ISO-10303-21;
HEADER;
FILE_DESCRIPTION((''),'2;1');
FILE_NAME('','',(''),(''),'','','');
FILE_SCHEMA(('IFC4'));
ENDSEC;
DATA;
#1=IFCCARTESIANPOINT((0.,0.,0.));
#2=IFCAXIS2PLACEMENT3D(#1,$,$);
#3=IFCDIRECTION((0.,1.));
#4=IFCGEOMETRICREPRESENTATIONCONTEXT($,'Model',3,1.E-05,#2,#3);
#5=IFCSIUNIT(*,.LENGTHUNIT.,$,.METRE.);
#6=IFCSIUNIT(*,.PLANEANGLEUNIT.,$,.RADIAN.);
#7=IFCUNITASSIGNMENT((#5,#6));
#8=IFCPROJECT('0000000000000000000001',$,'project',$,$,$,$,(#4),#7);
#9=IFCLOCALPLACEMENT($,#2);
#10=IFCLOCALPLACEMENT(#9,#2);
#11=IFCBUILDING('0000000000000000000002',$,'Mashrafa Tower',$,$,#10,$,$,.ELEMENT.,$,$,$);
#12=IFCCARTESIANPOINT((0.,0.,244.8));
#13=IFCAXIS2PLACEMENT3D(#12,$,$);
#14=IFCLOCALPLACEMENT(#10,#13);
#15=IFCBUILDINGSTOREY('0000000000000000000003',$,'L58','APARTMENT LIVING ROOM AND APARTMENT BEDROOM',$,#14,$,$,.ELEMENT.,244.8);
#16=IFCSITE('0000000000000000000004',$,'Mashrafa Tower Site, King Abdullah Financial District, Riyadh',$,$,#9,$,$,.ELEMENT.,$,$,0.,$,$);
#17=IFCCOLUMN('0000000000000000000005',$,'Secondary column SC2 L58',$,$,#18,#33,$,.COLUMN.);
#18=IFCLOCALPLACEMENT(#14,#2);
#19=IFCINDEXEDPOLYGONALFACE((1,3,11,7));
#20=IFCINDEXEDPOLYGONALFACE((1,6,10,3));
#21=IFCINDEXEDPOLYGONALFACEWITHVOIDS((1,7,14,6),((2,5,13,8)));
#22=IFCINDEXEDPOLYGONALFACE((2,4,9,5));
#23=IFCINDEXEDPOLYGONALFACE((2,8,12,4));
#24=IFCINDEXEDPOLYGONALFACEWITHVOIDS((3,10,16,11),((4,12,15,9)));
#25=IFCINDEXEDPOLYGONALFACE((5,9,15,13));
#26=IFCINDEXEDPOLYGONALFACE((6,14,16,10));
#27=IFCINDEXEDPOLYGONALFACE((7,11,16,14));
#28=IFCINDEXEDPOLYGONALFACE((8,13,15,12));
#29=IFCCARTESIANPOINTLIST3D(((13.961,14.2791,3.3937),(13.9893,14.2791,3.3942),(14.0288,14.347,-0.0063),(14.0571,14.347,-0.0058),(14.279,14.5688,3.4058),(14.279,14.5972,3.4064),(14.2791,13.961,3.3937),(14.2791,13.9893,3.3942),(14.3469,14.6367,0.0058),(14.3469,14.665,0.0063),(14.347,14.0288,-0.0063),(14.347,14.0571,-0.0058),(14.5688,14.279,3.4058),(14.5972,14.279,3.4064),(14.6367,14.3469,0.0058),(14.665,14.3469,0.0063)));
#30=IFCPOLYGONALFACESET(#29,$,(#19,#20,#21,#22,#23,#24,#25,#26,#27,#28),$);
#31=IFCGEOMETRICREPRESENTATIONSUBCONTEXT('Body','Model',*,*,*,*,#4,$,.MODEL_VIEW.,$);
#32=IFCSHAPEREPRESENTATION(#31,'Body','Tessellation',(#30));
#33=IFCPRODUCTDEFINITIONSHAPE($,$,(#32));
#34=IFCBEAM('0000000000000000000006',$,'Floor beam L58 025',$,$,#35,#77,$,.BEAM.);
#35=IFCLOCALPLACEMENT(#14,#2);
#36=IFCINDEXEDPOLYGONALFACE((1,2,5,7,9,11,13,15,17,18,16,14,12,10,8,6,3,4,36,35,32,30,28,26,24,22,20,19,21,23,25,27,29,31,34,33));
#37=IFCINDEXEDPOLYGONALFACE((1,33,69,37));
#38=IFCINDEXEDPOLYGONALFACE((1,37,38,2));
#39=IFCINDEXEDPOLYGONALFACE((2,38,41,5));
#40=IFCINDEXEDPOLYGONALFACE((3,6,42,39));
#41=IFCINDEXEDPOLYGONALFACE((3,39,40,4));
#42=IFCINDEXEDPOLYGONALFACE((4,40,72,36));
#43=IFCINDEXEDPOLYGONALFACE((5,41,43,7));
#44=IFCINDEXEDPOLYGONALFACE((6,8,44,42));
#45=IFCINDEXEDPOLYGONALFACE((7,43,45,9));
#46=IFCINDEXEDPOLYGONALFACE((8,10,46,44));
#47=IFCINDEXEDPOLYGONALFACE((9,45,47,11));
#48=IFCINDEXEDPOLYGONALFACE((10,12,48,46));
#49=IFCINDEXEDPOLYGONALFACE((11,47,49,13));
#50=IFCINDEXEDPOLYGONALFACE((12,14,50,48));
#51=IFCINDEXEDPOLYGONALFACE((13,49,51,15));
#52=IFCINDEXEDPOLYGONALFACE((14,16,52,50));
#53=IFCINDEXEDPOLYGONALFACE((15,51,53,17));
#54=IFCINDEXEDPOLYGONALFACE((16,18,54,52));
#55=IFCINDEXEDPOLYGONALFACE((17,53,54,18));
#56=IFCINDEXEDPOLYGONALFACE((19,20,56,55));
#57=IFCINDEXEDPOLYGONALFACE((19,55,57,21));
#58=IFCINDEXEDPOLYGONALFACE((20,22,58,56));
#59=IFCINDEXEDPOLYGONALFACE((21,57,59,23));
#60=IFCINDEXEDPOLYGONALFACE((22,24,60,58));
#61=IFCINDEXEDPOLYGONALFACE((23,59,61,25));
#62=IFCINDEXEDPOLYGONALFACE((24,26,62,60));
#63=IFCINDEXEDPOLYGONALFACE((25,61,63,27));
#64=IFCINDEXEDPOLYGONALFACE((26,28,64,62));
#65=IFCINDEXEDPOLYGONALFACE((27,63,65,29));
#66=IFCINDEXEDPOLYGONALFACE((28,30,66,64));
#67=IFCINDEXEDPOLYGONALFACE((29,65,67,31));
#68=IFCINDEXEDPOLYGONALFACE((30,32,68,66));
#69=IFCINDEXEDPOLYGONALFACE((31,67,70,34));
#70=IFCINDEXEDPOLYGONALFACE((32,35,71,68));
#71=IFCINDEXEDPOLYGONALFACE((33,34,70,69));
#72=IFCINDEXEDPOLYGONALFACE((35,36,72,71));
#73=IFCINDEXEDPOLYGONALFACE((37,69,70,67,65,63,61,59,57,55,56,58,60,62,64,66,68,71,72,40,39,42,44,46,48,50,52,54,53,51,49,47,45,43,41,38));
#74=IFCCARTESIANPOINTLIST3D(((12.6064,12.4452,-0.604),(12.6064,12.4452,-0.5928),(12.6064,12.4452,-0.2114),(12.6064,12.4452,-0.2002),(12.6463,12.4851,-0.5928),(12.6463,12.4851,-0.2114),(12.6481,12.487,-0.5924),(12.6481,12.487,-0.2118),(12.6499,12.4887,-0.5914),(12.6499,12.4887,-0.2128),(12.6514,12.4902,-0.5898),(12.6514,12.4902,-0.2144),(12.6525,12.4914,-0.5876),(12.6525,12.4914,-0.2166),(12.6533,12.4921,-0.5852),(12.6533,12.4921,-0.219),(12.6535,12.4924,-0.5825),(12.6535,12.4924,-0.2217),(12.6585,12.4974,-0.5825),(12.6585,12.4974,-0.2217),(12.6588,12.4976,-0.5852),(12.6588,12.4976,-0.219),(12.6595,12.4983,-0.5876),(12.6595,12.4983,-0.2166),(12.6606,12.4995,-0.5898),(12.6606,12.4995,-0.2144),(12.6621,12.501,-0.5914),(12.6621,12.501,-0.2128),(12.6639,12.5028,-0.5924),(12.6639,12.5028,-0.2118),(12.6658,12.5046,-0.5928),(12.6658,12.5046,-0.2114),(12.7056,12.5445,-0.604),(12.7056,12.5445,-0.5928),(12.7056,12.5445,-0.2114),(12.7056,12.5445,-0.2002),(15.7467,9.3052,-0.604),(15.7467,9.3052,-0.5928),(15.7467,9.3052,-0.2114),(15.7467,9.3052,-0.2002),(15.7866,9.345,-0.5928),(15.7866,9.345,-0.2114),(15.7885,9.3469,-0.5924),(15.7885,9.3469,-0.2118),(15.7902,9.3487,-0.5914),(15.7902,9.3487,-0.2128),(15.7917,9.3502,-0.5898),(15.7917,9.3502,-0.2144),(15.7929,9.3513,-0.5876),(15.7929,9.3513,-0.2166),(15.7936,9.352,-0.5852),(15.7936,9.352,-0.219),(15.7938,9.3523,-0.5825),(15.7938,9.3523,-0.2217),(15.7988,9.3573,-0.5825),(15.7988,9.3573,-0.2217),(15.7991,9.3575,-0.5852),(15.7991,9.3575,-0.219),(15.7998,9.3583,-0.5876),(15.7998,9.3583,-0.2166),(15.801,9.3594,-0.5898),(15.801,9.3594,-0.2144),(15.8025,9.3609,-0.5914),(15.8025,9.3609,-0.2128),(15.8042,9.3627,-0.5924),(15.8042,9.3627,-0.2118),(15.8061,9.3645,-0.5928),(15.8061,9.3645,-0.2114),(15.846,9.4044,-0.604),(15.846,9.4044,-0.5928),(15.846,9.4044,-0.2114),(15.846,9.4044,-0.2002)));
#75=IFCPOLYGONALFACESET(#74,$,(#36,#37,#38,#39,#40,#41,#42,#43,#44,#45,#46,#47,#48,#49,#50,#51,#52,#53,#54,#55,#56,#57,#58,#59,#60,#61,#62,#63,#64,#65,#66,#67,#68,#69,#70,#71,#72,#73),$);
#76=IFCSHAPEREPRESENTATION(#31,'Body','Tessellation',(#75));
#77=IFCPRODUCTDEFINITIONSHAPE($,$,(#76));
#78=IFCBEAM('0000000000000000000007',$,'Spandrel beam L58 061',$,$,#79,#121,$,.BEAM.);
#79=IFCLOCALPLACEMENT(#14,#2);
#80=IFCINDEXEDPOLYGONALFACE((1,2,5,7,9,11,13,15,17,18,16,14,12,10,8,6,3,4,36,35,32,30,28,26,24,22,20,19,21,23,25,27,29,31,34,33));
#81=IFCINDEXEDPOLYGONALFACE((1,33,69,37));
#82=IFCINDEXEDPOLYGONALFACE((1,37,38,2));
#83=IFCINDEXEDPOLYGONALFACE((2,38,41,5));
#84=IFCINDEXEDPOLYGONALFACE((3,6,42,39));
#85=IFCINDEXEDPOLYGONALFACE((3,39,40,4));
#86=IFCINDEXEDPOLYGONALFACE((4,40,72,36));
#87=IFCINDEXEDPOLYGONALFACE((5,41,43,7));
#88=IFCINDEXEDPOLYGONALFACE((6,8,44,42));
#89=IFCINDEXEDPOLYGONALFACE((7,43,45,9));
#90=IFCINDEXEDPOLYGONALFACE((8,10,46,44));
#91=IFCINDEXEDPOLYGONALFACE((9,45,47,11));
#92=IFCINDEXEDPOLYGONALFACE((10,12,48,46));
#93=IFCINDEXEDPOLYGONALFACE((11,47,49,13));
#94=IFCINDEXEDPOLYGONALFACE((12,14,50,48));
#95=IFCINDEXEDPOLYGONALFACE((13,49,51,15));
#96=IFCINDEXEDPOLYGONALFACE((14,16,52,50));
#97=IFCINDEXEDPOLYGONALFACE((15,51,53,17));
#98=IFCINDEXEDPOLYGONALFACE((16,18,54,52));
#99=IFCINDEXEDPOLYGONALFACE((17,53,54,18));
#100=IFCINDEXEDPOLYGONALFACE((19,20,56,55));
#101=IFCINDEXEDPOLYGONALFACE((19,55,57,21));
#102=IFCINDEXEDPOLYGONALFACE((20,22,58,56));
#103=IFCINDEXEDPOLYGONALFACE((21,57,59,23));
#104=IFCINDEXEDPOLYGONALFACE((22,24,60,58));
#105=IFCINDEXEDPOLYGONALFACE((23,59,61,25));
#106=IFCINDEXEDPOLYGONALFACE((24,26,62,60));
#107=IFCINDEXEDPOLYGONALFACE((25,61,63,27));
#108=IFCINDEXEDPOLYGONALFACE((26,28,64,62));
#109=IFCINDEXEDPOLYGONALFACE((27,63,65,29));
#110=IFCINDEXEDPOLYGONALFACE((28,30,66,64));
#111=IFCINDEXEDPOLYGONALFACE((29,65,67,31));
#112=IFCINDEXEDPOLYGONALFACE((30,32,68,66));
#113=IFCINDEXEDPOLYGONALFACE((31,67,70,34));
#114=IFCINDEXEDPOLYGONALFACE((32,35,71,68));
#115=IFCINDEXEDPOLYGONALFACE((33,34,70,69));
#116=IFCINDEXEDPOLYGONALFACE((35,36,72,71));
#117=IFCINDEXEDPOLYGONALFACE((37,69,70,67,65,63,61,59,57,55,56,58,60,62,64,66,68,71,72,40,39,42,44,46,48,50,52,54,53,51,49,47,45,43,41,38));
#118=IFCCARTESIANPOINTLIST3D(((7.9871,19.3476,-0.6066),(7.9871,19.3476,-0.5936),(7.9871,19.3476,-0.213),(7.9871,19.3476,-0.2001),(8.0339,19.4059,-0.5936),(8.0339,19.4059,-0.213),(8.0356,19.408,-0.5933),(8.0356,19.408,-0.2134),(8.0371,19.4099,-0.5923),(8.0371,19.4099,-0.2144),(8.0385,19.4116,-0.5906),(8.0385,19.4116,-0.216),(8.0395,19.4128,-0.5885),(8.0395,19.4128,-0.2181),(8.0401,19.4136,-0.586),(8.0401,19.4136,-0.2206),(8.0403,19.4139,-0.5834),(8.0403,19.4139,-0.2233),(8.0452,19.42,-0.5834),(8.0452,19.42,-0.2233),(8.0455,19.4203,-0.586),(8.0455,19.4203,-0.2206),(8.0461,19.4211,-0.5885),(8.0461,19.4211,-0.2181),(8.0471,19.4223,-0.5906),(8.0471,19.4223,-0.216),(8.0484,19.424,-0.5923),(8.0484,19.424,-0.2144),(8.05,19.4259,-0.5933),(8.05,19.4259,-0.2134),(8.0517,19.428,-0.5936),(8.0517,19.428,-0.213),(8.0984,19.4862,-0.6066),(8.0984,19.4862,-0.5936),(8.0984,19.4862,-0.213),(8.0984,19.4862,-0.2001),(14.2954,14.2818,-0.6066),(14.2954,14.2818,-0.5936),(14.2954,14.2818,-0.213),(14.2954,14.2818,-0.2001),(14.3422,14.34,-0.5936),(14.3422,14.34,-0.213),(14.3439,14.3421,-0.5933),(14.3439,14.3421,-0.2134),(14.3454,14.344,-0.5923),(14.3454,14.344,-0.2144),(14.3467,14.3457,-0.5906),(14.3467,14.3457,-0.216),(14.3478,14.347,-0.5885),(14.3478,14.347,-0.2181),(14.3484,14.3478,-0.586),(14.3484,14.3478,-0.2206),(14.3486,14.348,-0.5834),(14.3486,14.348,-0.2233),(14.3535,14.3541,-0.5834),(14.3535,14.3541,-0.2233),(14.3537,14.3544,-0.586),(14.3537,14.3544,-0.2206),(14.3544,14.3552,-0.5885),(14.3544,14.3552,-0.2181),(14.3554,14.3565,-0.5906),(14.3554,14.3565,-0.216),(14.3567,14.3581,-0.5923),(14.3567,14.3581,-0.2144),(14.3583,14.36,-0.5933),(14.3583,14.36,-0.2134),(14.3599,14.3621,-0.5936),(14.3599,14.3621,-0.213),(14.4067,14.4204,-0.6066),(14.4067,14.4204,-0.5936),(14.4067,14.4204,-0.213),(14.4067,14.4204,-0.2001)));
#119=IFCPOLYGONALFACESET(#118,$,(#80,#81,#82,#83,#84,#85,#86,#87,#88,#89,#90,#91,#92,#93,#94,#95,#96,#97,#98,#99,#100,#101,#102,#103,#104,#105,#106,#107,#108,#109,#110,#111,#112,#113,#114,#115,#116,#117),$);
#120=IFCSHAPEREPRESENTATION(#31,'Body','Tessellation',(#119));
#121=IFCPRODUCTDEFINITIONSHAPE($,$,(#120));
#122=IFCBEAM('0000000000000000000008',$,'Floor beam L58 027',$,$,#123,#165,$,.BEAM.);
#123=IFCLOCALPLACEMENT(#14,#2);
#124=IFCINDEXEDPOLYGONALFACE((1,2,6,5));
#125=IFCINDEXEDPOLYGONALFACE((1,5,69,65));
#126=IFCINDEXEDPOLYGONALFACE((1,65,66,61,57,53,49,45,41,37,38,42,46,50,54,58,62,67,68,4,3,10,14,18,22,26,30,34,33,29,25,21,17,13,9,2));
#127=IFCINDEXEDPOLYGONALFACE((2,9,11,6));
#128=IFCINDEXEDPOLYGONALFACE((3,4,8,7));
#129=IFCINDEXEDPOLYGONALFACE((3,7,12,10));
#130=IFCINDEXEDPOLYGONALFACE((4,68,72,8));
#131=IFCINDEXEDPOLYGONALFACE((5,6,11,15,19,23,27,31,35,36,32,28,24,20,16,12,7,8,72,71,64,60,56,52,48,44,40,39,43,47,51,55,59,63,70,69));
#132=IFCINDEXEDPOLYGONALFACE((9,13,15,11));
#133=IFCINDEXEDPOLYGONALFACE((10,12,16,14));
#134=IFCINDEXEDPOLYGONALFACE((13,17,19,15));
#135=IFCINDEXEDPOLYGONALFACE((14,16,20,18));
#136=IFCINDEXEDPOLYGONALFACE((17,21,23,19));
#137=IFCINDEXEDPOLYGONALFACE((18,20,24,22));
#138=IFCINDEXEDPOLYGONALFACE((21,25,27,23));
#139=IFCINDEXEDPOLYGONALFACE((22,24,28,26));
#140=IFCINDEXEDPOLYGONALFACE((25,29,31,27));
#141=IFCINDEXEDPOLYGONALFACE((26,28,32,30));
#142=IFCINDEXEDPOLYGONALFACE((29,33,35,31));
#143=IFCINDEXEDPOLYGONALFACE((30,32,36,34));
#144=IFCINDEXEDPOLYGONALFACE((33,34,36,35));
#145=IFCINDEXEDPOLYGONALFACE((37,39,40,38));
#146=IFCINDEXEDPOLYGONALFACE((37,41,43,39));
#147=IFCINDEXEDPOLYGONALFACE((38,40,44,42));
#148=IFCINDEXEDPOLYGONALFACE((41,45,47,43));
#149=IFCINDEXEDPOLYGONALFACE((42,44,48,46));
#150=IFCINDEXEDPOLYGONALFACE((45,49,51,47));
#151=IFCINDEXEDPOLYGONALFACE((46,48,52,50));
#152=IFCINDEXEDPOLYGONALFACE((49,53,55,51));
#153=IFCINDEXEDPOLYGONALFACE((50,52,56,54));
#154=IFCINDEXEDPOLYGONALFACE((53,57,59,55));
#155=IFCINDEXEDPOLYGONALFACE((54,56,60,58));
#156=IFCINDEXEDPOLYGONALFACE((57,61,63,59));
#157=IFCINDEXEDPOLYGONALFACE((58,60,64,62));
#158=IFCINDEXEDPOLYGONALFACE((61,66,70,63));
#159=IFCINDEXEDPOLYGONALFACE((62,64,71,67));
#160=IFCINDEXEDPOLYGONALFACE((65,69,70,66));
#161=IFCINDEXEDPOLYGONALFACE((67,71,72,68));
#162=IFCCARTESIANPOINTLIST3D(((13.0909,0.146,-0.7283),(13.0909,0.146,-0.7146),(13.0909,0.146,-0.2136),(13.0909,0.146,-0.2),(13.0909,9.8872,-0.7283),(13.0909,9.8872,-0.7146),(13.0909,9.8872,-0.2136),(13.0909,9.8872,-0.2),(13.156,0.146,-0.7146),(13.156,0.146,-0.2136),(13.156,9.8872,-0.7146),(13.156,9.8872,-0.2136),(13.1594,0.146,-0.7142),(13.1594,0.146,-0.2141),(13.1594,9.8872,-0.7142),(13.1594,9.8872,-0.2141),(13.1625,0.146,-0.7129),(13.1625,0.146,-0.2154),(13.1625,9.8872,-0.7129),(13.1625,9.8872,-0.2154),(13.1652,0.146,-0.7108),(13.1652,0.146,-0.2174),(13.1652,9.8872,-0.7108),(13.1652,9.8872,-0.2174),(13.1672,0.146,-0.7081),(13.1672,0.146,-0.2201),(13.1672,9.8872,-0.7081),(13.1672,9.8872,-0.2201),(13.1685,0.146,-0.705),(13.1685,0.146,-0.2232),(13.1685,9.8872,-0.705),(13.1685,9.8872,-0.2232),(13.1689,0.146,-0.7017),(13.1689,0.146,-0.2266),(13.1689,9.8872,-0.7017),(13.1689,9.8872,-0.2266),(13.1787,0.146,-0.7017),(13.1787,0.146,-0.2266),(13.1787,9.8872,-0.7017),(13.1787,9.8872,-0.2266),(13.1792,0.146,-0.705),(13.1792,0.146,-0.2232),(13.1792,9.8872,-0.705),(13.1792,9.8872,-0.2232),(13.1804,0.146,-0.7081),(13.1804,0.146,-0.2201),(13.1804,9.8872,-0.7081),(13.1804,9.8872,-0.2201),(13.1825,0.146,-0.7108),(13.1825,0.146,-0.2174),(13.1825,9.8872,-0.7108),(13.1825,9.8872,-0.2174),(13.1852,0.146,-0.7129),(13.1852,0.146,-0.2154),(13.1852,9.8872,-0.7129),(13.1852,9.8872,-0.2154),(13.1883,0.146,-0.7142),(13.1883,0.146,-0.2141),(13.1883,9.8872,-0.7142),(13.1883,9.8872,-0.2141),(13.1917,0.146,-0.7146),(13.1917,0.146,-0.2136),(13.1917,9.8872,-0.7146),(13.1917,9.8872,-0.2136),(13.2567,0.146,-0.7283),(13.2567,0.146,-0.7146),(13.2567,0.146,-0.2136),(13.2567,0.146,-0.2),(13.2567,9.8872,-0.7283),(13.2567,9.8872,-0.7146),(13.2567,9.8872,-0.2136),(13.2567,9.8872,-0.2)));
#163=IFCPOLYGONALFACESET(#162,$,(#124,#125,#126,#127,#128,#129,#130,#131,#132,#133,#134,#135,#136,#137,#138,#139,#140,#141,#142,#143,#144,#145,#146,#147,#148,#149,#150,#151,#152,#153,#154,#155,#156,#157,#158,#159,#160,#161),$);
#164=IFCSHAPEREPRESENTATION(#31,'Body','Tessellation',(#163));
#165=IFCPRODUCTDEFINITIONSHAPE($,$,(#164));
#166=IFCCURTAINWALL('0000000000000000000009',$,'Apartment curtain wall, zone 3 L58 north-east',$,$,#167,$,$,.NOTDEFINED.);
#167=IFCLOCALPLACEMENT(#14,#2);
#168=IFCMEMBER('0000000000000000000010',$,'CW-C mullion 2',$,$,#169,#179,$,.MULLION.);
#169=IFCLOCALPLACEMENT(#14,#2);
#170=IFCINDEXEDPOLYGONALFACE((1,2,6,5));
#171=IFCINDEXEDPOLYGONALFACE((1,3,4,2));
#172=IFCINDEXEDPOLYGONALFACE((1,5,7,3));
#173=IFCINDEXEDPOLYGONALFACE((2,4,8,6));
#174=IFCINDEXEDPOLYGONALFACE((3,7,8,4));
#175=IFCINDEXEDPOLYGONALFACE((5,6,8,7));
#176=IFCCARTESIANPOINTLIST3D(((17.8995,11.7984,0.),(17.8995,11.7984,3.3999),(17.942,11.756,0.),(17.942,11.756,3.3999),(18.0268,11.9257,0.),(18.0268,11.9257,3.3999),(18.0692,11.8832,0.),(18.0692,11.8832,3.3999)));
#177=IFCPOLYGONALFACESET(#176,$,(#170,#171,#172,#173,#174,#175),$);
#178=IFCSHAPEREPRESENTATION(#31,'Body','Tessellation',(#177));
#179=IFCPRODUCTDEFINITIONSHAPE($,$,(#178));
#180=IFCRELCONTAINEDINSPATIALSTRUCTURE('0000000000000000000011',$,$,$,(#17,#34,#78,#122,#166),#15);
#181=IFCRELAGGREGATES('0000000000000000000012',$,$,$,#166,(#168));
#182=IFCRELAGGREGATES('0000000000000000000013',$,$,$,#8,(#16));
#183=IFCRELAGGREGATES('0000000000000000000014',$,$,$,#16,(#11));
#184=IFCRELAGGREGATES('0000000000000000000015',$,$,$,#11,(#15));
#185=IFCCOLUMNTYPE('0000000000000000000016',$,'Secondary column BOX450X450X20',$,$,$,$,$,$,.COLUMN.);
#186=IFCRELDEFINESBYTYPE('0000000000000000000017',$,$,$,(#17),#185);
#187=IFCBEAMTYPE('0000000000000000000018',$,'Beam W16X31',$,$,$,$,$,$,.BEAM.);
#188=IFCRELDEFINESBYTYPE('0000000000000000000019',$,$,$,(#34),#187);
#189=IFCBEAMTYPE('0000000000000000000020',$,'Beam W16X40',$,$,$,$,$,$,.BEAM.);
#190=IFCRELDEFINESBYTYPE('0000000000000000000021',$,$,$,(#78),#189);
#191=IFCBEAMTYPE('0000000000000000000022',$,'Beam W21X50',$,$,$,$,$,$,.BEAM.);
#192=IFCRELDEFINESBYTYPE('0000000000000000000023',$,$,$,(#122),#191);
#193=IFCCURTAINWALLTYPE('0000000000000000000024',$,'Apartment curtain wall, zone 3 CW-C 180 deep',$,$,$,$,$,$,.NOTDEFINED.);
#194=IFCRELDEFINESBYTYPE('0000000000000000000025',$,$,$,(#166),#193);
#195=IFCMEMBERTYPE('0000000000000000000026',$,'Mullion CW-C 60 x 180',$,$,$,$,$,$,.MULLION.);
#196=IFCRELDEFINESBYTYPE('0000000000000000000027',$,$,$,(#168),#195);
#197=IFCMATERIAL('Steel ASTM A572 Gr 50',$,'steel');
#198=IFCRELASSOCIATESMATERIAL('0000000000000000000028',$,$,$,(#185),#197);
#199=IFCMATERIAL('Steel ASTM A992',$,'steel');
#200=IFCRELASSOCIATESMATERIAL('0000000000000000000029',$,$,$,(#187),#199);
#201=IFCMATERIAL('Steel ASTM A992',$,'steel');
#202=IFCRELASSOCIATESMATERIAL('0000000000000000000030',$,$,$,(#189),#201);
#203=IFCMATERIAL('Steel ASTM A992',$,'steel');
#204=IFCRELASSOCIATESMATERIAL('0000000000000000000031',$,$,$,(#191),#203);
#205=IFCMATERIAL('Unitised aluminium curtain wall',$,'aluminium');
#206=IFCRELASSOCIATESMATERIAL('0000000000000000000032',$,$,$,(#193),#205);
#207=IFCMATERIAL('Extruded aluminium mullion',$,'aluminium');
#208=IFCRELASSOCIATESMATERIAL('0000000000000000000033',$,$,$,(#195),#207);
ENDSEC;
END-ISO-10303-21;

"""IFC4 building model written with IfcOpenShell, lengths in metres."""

from ifc_helpers import new_model, si_unit, direction, frame, origin, origin_2d, place, context, subcontext, project, spatial, rectangle, hollow_rectangle, i_section, extrude, source, transform, mapped, material, material_profile, profile_set, type_object, type_shapes, element, aggregate, save


model = new_model("IFC4")

# Units and contexts
model_context = context("Model", 3, precision=1e-05, world=origin(), true_north=direction((0.0, 1.0)))
body_context = subcontext(model_context, "Body", "Model", "MODEL_VIEW")
ifc_project = project(units=[si_unit("LENGTHUNIT", "METRE"), si_unit("PLANEANGLEUNIT", "RADIAN")], contexts=[model_context])

# Site, building, storey
site_placement = place(None, origin())
site = spatial("IfcSite", under=ifc_project, at=site_placement, Name="Mashrafa Tower Site, King Abdullah Financial District, Riyadh", CompositionType="ELEMENT", RefElevation=0.0)
building_placement = place(site_placement, origin())
building = spatial("IfcBuilding", under=site, at=building_placement, Name="Mashrafa Tower", CompositionType="ELEMENT")
storey_placement = place(building_placement, frame((0.0, 0.0, 244.8)))
storey = spatial("IfcBuildingStorey", under=building, at=storey_placement, Name="L58", Description="APARTMENT LIVING ROOM AND APARTMENT BEDROOM", CompositionType="ELEMENT", Elevation=244.8)

# Column
ifc_material_1 = material(Name="Steel ASTM A572 Gr 50", Category="steel")
ifc_material_profile_1 = material_profile(ifc_material_1, hollow_rectangle(XDim=0.45, YDim=0.45, WallThickness=0.02, at=origin_2d()), Name="BOX450X450X20")
ifc_profile_set_1 = profile_set([ifc_material_profile_1], Name="Steel ASTM A572 Gr 50")
column_type = type_object("IfcColumnType", Name="Secondary column BOX450X450X20", PredefinedType="COLUMN", material=ifc_profile_set_1)
column_placement = place(storey_placement, frame((14.3469, 14.3469, 0.0), z_axis=(-0.019955, -0.019955, 0.999602), x_axis=(0.707107, -0.707107, 0.0)))
element("IfcColumn", 1, at=column_placement, inside=storey, type_object=column_type, Name="Secondary column SC2 L58", PredefinedType="COLUMN", context=body_context, shape_type="SweptSolid", body=[
    extrude(hollow_rectangle(XDim=0.45, YDim=0.45, WallThickness=0.02, at=origin_2d()), origin(), (0.0, 0.0, 1.0), 3.4014),
])

# Beams
ifc_material_2 = material(Name="Steel ASTM A992", Category="steel")
ifc_material_profile_2 = material_profile(ifc_material_2, i_section(OverallWidth=0.1404, OverallDepth=0.4038, WebThickness=0.0071, FlangeThickness=0.0112, FilletRadius=0.0103, at=origin_2d()), Name="W16X31")
ifc_profile_set_2 = profile_set([ifc_material_profile_2], Name="Steel ASTM A992")
beam_type_1 = type_object("IfcBeamType", Name="Beam W16X31", PredefinedType="BEAM", material=ifc_profile_set_2)
beam_1_placement = place(storey_placement, frame((12.656, 12.4949, -0.4021), z_axis=(0.707134, -0.707079, 0.0), x_axis=(0.707079, 0.707134, 0.0)))
element("IfcBeam", 2, at=beam_1_placement, inside=storey, type_object=beam_type_1, Name="Floor beam L58 025", PredefinedType="BEAM", context=body_context, shape_type="SweptSolid", body=[
    extrude(i_section(OverallWidth=0.1404, OverallDepth=0.4038, WebThickness=0.0071, FlangeThickness=0.0112, FilletRadius=0.0103, at=origin_2d()), origin(), (0.0, 0.0, 1.0), 4.4409),
])
ifc_material_3 = material(Name="Steel ASTM A992", Category="steel")
ifc_material_profile_3 = material_profile(ifc_material_3, i_section(OverallWidth=0.1777, OverallDepth=0.4065, WebThickness=0.0078, FlangeThickness=0.0129, FilletRadius=0.0103, at=origin_2d()), Name="W16X40")
ifc_profile_set_3 = profile_set([ifc_material_profile_3], Name="Steel ASTM A992")
beam_type_2 = type_object("IfcBeamType", Name="Beam W16X40", PredefinedType="BEAM", material=ifc_profile_set_3)
beam_2_placement = place(storey_placement, frame((14.3511, 14.3511, -0.4033), z_axis=(-0.779708, 0.626144, 0.0), x_axis=(-0.626144, -0.779708, 0.0)))
element("IfcBeam", 3, at=beam_2_placement, inside=storey, type_object=beam_type_2, Name="Spandrel beam L58 061", PredefinedType="BEAM", context=body_context, shape_type="SweptSolid", body=[
    extrude(i_section(OverallWidth=0.1777, OverallDepth=0.4065, WebThickness=0.0078, FlangeThickness=0.0129, FilletRadius=0.0103, at=origin_2d()), origin(), (0.0, 0.0, 1.0), 8.0906),
])
ifc_material_4 = material(Name="Steel ASTM A992", Category="steel")
ifc_material_profile_4 = material_profile(ifc_material_4, i_section(OverallWidth=0.1658, OverallDepth=0.5283, WebThickness=0.0098, FlangeThickness=0.0137, FilletRadius=0.0129, at=origin_2d()), Name="W21X50")
ifc_profile_set_4 = profile_set([ifc_material_profile_4], Name="Steel ASTM A992")
beam_type_3 = type_object("IfcBeamType", Name="Beam W21X50", PredefinedType="BEAM", material=ifc_profile_set_4)
beam_3_placement = place(storey_placement, frame((13.1738, 9.8872, -0.4641), z_axis=(0.0, -1.0, 0.0), x_axis=(1.0, 0.0, 0.0)))
element("IfcBeam", 4, at=beam_3_placement, inside=storey, type_object=beam_type_3, Name="Floor beam L58 027", PredefinedType="BEAM", context=body_context, shape_type="SweptSolid", body=[
    extrude(i_section(OverallWidth=0.1658, OverallDepth=0.5283, WebThickness=0.0098, FlangeThickness=0.0137, FilletRadius=0.0129, at=origin_2d()), origin(), (0.0, 0.0, 1.0), 9.7412),
])

# Curtain wall, member
ifc_material_5 = material(Name="Unitised aluminium curtain wall", Category="aluminium")
curtain_wall_type = type_object("IfcCurtainWallType", Name="Apartment curtain wall, zone 3 CW-C 180 deep", PredefinedType="NOTDEFINED", material=ifc_material_5)
curtain_wall_placement = place(storey_placement, origin())
curtain_wall = element("IfcCurtainWall", 5, at=curtain_wall_placement, inside=storey, type_object=curtain_wall_type, Name="Apartment curtain wall, zone 3 L58 north-east", PredefinedType="NOTDEFINED")
ifc_material_6 = material(Name="Extruded aluminium mullion", Category="aluminium")
ifc_material_profile_5 = material_profile(ifc_material_6, rectangle(XDim=0.1799, YDim=0.0601, at=origin_2d()), Name="Mullion 60x180")
ifc_profile_set_5 = profile_set([ifc_material_profile_5], Name="Extruded aluminium mullion")
member_type_1 = type_object("IfcMemberType", Name="Mullion CW-C 60 x 180", PredefinedType="MULLION", material=ifc_profile_set_5)
shared_shape_1 = source(origin(), body_context, "Body", "SweptSolid", [
    extrude(rectangle(XDim=0.1799, YDim=0.0601, at=origin_2d()), origin(), (0.0, 0.0, 1.0), 3.3999),
])
type_shapes(member_type_1, [shared_shape_1])
member_1_placement = place(storey_placement, frame((17.9844, 11.8408, 0.0), z_axis=(0.0, 0.0, 1.0), x_axis=(-0.707107, -0.707107, 0.0)))
member_1 = element("IfcMember", 6, at=member_1_placement, type_object=member_type_1, Name="CW-C mullion 2", PredefinedType="MULLION", context=body_context, shape_type="MappedRepresentation", body=[
    mapped(shared_shape_1, transform((0.0, 0.0, 0.0))),
])
aggregate(curtain_wall, [member_1])

save(model, "model.ifc")
